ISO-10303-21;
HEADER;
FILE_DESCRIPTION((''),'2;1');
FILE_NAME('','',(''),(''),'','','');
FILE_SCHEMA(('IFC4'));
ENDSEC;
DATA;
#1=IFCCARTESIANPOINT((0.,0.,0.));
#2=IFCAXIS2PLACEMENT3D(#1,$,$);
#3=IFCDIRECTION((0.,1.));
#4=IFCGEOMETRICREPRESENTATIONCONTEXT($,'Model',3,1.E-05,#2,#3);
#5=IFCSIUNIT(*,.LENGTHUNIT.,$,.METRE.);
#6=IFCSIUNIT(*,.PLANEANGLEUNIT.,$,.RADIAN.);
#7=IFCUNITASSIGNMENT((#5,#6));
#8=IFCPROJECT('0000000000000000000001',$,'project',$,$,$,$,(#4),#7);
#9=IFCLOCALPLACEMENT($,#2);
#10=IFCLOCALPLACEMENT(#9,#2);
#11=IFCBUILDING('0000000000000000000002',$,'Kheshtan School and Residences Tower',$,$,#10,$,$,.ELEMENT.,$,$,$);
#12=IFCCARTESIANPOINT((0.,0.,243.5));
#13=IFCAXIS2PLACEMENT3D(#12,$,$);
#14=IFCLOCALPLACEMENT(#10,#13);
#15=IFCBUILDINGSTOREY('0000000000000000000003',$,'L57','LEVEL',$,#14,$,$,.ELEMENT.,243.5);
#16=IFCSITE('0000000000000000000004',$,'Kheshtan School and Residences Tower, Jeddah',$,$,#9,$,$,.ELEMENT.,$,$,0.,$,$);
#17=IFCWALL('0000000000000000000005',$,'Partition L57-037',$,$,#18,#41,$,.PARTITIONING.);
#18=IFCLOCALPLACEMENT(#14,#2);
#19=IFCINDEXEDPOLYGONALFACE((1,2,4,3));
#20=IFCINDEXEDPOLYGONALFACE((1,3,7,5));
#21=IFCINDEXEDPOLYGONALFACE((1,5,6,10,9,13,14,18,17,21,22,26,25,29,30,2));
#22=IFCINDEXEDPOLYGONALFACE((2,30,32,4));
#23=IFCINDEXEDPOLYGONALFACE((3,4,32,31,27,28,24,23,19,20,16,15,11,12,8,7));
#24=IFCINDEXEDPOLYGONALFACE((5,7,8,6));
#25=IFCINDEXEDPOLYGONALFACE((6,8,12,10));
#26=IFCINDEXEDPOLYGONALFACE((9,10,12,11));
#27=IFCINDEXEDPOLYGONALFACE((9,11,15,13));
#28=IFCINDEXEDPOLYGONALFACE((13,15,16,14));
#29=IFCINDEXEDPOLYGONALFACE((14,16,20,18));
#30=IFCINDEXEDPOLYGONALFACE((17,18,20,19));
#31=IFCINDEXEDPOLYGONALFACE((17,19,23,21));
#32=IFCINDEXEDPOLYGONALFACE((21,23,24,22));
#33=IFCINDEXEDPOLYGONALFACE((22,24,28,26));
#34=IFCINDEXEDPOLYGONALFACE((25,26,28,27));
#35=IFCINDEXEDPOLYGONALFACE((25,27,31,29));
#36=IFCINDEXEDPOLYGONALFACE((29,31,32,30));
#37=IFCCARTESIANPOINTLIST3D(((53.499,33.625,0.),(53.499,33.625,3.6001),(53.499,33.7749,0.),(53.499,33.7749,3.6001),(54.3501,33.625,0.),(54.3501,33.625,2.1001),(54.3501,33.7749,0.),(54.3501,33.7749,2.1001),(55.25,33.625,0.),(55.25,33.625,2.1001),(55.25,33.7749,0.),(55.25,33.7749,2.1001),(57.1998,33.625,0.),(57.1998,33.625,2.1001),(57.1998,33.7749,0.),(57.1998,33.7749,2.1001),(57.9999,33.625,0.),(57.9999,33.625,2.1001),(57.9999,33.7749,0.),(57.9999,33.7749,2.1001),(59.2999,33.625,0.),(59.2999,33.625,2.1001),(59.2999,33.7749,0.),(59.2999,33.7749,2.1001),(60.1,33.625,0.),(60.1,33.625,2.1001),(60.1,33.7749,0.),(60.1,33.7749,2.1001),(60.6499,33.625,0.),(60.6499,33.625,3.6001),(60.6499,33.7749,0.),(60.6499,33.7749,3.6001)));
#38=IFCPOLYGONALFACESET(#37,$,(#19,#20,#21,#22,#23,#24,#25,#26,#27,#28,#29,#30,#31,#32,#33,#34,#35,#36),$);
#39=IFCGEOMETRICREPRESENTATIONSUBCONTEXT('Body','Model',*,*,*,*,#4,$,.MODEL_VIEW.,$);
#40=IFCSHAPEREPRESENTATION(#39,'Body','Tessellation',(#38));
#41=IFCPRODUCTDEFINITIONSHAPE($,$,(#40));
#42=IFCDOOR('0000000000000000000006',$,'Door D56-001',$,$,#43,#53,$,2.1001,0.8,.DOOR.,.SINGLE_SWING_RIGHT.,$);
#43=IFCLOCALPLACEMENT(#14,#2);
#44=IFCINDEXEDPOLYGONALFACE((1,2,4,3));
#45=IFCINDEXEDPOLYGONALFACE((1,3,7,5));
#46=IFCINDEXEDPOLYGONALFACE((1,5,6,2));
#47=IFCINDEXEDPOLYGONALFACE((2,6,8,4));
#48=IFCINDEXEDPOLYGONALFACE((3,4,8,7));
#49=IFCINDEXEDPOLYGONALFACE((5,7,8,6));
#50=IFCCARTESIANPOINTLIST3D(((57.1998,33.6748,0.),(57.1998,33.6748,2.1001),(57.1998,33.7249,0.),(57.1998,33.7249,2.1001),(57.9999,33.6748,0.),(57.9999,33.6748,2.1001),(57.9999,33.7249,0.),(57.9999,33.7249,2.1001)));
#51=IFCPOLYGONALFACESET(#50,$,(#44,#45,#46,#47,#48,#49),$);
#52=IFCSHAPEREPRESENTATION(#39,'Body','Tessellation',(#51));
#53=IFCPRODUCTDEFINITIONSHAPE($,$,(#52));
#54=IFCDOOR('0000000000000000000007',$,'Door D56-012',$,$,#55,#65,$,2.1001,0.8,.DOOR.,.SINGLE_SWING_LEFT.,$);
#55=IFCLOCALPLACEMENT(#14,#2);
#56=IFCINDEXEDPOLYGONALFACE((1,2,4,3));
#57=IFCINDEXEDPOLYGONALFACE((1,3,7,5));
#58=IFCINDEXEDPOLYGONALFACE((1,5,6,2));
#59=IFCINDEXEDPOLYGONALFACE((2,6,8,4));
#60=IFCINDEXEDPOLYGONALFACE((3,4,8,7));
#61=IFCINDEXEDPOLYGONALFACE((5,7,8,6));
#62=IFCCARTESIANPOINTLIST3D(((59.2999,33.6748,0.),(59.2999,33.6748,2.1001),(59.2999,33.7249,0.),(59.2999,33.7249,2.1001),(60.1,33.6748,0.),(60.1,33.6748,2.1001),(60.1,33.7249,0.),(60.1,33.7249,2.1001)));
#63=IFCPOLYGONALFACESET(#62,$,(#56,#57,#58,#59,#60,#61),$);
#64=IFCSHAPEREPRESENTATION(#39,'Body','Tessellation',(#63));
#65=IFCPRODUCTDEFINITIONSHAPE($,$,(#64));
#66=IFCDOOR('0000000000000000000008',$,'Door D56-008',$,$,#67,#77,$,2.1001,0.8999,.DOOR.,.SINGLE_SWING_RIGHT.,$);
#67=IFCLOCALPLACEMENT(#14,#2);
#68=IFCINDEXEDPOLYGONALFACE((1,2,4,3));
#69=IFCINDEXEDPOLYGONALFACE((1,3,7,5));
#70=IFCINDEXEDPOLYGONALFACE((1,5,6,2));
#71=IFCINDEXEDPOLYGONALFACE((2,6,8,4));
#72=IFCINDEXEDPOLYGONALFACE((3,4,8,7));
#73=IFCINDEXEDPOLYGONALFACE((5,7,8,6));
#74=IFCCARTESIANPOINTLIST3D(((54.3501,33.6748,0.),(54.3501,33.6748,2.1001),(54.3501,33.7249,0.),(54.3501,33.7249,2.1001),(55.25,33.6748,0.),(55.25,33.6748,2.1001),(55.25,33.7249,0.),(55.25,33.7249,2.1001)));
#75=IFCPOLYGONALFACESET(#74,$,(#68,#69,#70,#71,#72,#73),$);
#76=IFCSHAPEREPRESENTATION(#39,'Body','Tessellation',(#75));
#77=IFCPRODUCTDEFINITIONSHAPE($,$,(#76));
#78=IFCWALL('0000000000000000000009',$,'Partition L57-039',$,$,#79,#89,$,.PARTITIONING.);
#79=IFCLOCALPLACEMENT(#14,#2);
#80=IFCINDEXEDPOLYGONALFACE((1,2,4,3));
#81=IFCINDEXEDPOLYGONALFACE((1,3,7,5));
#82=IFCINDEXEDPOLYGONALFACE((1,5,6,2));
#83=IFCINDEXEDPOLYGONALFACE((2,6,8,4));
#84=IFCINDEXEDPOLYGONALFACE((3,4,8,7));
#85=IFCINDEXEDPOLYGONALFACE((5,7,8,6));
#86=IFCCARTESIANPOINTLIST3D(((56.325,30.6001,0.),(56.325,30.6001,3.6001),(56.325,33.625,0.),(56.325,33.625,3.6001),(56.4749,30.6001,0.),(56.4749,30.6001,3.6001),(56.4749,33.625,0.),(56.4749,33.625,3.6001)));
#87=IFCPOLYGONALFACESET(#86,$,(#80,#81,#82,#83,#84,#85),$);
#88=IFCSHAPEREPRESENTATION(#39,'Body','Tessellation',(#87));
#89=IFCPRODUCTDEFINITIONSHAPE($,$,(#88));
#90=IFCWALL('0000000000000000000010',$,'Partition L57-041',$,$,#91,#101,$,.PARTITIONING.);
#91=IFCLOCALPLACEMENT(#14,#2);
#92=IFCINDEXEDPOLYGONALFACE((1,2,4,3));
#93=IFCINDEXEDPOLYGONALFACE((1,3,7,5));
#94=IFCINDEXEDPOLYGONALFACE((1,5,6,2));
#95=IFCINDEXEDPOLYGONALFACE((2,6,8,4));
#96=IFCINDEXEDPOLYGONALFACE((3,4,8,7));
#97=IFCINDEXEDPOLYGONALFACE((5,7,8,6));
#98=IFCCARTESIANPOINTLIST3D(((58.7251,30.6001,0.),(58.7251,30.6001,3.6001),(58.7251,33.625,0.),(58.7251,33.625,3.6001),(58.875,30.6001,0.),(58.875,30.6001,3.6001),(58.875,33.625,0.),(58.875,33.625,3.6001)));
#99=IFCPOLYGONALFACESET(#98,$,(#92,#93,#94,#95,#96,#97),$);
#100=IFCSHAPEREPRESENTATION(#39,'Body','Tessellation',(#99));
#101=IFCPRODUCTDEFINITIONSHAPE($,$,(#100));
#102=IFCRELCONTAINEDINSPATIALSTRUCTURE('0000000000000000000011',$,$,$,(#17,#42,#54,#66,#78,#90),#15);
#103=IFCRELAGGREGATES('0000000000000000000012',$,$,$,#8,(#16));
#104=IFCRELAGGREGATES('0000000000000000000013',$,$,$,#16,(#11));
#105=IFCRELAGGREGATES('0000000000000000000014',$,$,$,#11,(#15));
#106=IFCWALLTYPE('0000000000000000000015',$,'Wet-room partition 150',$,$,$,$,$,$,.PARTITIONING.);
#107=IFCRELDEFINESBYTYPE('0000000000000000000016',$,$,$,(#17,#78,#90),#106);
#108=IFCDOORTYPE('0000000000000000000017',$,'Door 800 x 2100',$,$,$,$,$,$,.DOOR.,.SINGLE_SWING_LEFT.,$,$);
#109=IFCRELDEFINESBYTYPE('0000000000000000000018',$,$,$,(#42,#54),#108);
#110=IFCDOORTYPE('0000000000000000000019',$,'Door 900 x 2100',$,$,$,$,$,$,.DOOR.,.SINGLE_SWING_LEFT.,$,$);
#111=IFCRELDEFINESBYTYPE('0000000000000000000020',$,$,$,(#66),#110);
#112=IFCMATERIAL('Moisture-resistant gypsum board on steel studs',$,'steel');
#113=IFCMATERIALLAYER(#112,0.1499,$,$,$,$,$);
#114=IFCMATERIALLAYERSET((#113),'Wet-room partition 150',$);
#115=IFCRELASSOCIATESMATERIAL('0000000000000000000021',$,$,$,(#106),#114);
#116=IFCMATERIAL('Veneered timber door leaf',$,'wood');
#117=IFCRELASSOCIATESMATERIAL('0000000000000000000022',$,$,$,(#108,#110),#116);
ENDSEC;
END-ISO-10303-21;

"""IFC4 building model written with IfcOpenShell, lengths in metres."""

from ifc_helpers import new_model, si_unit, direction, frame, frame_2d, origin, place, context, subcontext, project, spatial, rectangle, extrude, source, transform, mapped, material, layer, layer_set, type_object, element, fill, save


model = new_model("IFC4")

# Units and contexts
model_context = context("Model", 3, precision=1e-05, world=origin(), true_north=direction((0.0, 1.0)))
body_context = subcontext(model_context, "Body", "Model", "MODEL_VIEW")
ifc_project = project(units=[si_unit("LENGTHUNIT", "METRE"), si_unit("PLANEANGLEUNIT", "RADIAN")], contexts=[model_context])

# Site, building, storey
site_placement = place(None, origin())
site = spatial("IfcSite", under=ifc_project, at=site_placement, Name="Kheshtan School and Residences Tower, Jeddah", CompositionType="ELEMENT", RefElevation=0.0)
building_placement = place(site_placement, origin())
building = spatial("IfcBuilding", under=site, at=building_placement, Name="Kheshtan School and Residences Tower", CompositionType="ELEMENT")
storey_placement = place(building_placement, frame((0.0, 0.0, 243.5)))
storey = spatial("IfcBuildingStorey", under=building, at=storey_placement, Name="L57", Description="LEVEL", CompositionType="ELEMENT", Elevation=243.5)

# Wall, openings, doors
ifc_material_1 = material(Name="Moisture-resistant gypsum board on steel studs", Category="steel")
ifc_layer_1 = layer(ifc_material_1, 0.1499)
ifc_layer_set_1 = layer_set([ifc_layer_1], Name="Wet-room partition 150")
wall_type_1 = type_object("IfcWallType", Name="Wet-room partition 150", PredefinedType="PARTITIONING", material=ifc_layer_set_1)
wall_1_placement = place(storey_placement, frame((53.499, 33.7, 0.0), z_axis=(0.0, 0.0, 1.0), x_axis=(1.0, 0.0, 0.0)))
wall_1 = element("IfcWall", 1, at=wall_1_placement, inside=storey, type_object=wall_type_1, Name="Partition L57-037", PredefinedType="PARTITIONING", context=body_context, shape_type="SweptSolid", body=[
    extrude(rectangle(XDim=7.1509, YDim=0.1499, at=frame_2d((3.5754, 0.0))), origin(), (0.0, 0.0, 1.0), 3.6001),
])
opening_1_placement = place(wall_1_placement, frame((3.7009, 0.0, 0.0)))
opening_1 = element("IfcOpeningElement", 2, at=opening_1_placement, cuts=wall_1, PredefinedType="OPENING", context=body_context, shape_type="SweptSolid", body=[
    extrude(rectangle(XDim=0.8, YDim=2.1001, at=frame_2d((0.3999, 1.05))), frame((0.0, 0.085, 0.0), z_axis=(0.0, -1.0, 0.0), x_axis=(1.0, 0.0, 0.0)), (0.0, 0.0, 1.0), 0.1699),
])
opening_2_placement = place(wall_1_placement, frame((0.8511, 0.0, 0.0)))
opening_2 = element("IfcOpeningElement", 3, at=opening_2_placement, cuts=wall_1, PredefinedType="OPENING", context=body_context, shape_type="SweptSolid", body=[
    extrude(rectangle(XDim=0.8999, YDim=2.1001, at=frame_2d((0.45, 1.05))), frame((0.0, 0.085, 0.0), z_axis=(0.0, -1.0, 0.0), x_axis=(1.0, 0.0, 0.0)), (0.0, 0.0, 1.0), 0.1699),
])
opening_3_placement = place(wall_1_placement, frame((5.801, 0.0, 0.0)))
opening_3 = element("IfcOpeningElement", 4, at=opening_3_placement, cuts=wall_1, PredefinedType="OPENING", context=body_context, shape_type="SweptSolid", body=[
    extrude(rectangle(XDim=0.8, YDim=2.1001, at=frame_2d((0.3999, 1.05))), frame((0.0, 0.085, 0.0), z_axis=(0.0, -1.0, 0.0), x_axis=(1.0, 0.0, 0.0)), (0.0, 0.0, 1.0), 0.1699),
])
ifc_material_2 = material(Name="Veneered timber door leaf", Category="wood")
door_type_1 = type_object("IfcDoorType", Name="Door 800 x 2100", OperationType="SINGLE_SWING_LEFT", PredefinedType="DOOR", material=ifc_material_2)
shared_shape_1 = source(origin(), body_context, "Body", "SweptSolid", [
    extrude(rectangle(XDim=0.8, YDim=2.1001, at=frame_2d((0.3999, 1.05))), frame((0.0, 0.0249, 0.0), z_axis=(0.0, -1.0, 0.0), x_axis=(1.0, 0.0, 0.0)), (0.0, 0.0, 1.0), 0.05),
])
door_1_placement = place(opening_1_placement, origin())
door_1 = element("IfcDoor", 5, at=door_1_placement, inside=storey, type_object=door_type_1, Name="Door D56-001", OperationType="SINGLE_SWING_RIGHT", OverallHeight=2.1001, OverallWidth=0.8, PredefinedType="DOOR", context=body_context, shape_type="MappedRepresentation", body=[
    mapped(shared_shape_1, transform((0.0, 0.0, 0.0), x_axis=(1.0, 0.0, 0.0), y_axis=(0.0, 1.0, 0.0), z_axis=(0.0, 0.0, 1.0), scale=1.0)),
])
fill(opening_1, door_1)
door_2_placement = place(opening_3_placement, origin())
door_2 = element("IfcDoor", 6, at=door_2_placement, inside=storey, type_object=door_type_1, Name="Door D56-012", OperationType="SINGLE_SWING_LEFT", OverallHeight=2.1001, OverallWidth=0.8, PredefinedType="DOOR", context=body_context, shape_type="MappedRepresentation", body=[
    mapped(shared_shape_1, transform((0.0, 0.0, 0.0), x_axis=(1.0, 0.0, 0.0), y_axis=(0.0, 1.0, 0.0), z_axis=(0.0, 0.0, 1.0), scale=1.0)),
])
fill(opening_3, door_2)
door_type_2 = type_object("IfcDoorType", Name="Door 900 x 2100", OperationType="SINGLE_SWING_LEFT", PredefinedType="DOOR", material=ifc_material_2)
shared_shape_2 = source(origin(), body_context, "Body", "SweptSolid", [
    extrude(rectangle(XDim=0.8999, YDim=2.1001, at=frame_2d((0.45, 1.05))), frame((0.0, 0.0249, 0.0), z_axis=(0.0, -1.0, 0.0), x_axis=(1.0, 0.0, 0.0)), (0.0, 0.0, 1.0), 0.05),
])
door_3_placement = place(opening_2_placement, origin())
door_3 = element("IfcDoor", 7, at=door_3_placement, inside=storey, type_object=door_type_2, Name="Door D56-008", OperationType="SINGLE_SWING_RIGHT", OverallHeight=2.1001, OverallWidth=0.8999, PredefinedType="DOOR", context=body_context, shape_type="MappedRepresentation", body=[
    mapped(shared_shape_2, transform((0.0, 0.0, 0.0), x_axis=(1.0, 0.0, 0.0), y_axis=(0.0, 1.0, 0.0), z_axis=(0.0, 0.0, 1.0), scale=1.0)),
])
fill(opening_2, door_3)

# Walls
for number, where, z_axis, x_axis, name in (
    (8, (56.3999, 30.6001, 0.0), (0.0, 0.0, 1.0), (0.0, 1.0, 0.0), "Partition L57-039"),
    (9, (58.8, 30.6001, 0.0), (0.0, 0.0, 1.0), (0.0, 1.0, 0.0), "Partition L57-041"),
):
    element("IfcWall", number, at=place(storey_placement, frame(where, z_axis=z_axis, x_axis=x_axis)), inside=storey, type_object=wall_type_1, Name=name, PredefinedType="PARTITIONING", context=body_context, shape_type="SweptSolid", body=[
        extrude(rectangle(XDim=3.0249, YDim=0.1499, at=frame_2d((1.5125, 0.0))), origin(), (0.0, 0.0, 1.0), 3.6001),
    ])

save(model, "model.ifc")
